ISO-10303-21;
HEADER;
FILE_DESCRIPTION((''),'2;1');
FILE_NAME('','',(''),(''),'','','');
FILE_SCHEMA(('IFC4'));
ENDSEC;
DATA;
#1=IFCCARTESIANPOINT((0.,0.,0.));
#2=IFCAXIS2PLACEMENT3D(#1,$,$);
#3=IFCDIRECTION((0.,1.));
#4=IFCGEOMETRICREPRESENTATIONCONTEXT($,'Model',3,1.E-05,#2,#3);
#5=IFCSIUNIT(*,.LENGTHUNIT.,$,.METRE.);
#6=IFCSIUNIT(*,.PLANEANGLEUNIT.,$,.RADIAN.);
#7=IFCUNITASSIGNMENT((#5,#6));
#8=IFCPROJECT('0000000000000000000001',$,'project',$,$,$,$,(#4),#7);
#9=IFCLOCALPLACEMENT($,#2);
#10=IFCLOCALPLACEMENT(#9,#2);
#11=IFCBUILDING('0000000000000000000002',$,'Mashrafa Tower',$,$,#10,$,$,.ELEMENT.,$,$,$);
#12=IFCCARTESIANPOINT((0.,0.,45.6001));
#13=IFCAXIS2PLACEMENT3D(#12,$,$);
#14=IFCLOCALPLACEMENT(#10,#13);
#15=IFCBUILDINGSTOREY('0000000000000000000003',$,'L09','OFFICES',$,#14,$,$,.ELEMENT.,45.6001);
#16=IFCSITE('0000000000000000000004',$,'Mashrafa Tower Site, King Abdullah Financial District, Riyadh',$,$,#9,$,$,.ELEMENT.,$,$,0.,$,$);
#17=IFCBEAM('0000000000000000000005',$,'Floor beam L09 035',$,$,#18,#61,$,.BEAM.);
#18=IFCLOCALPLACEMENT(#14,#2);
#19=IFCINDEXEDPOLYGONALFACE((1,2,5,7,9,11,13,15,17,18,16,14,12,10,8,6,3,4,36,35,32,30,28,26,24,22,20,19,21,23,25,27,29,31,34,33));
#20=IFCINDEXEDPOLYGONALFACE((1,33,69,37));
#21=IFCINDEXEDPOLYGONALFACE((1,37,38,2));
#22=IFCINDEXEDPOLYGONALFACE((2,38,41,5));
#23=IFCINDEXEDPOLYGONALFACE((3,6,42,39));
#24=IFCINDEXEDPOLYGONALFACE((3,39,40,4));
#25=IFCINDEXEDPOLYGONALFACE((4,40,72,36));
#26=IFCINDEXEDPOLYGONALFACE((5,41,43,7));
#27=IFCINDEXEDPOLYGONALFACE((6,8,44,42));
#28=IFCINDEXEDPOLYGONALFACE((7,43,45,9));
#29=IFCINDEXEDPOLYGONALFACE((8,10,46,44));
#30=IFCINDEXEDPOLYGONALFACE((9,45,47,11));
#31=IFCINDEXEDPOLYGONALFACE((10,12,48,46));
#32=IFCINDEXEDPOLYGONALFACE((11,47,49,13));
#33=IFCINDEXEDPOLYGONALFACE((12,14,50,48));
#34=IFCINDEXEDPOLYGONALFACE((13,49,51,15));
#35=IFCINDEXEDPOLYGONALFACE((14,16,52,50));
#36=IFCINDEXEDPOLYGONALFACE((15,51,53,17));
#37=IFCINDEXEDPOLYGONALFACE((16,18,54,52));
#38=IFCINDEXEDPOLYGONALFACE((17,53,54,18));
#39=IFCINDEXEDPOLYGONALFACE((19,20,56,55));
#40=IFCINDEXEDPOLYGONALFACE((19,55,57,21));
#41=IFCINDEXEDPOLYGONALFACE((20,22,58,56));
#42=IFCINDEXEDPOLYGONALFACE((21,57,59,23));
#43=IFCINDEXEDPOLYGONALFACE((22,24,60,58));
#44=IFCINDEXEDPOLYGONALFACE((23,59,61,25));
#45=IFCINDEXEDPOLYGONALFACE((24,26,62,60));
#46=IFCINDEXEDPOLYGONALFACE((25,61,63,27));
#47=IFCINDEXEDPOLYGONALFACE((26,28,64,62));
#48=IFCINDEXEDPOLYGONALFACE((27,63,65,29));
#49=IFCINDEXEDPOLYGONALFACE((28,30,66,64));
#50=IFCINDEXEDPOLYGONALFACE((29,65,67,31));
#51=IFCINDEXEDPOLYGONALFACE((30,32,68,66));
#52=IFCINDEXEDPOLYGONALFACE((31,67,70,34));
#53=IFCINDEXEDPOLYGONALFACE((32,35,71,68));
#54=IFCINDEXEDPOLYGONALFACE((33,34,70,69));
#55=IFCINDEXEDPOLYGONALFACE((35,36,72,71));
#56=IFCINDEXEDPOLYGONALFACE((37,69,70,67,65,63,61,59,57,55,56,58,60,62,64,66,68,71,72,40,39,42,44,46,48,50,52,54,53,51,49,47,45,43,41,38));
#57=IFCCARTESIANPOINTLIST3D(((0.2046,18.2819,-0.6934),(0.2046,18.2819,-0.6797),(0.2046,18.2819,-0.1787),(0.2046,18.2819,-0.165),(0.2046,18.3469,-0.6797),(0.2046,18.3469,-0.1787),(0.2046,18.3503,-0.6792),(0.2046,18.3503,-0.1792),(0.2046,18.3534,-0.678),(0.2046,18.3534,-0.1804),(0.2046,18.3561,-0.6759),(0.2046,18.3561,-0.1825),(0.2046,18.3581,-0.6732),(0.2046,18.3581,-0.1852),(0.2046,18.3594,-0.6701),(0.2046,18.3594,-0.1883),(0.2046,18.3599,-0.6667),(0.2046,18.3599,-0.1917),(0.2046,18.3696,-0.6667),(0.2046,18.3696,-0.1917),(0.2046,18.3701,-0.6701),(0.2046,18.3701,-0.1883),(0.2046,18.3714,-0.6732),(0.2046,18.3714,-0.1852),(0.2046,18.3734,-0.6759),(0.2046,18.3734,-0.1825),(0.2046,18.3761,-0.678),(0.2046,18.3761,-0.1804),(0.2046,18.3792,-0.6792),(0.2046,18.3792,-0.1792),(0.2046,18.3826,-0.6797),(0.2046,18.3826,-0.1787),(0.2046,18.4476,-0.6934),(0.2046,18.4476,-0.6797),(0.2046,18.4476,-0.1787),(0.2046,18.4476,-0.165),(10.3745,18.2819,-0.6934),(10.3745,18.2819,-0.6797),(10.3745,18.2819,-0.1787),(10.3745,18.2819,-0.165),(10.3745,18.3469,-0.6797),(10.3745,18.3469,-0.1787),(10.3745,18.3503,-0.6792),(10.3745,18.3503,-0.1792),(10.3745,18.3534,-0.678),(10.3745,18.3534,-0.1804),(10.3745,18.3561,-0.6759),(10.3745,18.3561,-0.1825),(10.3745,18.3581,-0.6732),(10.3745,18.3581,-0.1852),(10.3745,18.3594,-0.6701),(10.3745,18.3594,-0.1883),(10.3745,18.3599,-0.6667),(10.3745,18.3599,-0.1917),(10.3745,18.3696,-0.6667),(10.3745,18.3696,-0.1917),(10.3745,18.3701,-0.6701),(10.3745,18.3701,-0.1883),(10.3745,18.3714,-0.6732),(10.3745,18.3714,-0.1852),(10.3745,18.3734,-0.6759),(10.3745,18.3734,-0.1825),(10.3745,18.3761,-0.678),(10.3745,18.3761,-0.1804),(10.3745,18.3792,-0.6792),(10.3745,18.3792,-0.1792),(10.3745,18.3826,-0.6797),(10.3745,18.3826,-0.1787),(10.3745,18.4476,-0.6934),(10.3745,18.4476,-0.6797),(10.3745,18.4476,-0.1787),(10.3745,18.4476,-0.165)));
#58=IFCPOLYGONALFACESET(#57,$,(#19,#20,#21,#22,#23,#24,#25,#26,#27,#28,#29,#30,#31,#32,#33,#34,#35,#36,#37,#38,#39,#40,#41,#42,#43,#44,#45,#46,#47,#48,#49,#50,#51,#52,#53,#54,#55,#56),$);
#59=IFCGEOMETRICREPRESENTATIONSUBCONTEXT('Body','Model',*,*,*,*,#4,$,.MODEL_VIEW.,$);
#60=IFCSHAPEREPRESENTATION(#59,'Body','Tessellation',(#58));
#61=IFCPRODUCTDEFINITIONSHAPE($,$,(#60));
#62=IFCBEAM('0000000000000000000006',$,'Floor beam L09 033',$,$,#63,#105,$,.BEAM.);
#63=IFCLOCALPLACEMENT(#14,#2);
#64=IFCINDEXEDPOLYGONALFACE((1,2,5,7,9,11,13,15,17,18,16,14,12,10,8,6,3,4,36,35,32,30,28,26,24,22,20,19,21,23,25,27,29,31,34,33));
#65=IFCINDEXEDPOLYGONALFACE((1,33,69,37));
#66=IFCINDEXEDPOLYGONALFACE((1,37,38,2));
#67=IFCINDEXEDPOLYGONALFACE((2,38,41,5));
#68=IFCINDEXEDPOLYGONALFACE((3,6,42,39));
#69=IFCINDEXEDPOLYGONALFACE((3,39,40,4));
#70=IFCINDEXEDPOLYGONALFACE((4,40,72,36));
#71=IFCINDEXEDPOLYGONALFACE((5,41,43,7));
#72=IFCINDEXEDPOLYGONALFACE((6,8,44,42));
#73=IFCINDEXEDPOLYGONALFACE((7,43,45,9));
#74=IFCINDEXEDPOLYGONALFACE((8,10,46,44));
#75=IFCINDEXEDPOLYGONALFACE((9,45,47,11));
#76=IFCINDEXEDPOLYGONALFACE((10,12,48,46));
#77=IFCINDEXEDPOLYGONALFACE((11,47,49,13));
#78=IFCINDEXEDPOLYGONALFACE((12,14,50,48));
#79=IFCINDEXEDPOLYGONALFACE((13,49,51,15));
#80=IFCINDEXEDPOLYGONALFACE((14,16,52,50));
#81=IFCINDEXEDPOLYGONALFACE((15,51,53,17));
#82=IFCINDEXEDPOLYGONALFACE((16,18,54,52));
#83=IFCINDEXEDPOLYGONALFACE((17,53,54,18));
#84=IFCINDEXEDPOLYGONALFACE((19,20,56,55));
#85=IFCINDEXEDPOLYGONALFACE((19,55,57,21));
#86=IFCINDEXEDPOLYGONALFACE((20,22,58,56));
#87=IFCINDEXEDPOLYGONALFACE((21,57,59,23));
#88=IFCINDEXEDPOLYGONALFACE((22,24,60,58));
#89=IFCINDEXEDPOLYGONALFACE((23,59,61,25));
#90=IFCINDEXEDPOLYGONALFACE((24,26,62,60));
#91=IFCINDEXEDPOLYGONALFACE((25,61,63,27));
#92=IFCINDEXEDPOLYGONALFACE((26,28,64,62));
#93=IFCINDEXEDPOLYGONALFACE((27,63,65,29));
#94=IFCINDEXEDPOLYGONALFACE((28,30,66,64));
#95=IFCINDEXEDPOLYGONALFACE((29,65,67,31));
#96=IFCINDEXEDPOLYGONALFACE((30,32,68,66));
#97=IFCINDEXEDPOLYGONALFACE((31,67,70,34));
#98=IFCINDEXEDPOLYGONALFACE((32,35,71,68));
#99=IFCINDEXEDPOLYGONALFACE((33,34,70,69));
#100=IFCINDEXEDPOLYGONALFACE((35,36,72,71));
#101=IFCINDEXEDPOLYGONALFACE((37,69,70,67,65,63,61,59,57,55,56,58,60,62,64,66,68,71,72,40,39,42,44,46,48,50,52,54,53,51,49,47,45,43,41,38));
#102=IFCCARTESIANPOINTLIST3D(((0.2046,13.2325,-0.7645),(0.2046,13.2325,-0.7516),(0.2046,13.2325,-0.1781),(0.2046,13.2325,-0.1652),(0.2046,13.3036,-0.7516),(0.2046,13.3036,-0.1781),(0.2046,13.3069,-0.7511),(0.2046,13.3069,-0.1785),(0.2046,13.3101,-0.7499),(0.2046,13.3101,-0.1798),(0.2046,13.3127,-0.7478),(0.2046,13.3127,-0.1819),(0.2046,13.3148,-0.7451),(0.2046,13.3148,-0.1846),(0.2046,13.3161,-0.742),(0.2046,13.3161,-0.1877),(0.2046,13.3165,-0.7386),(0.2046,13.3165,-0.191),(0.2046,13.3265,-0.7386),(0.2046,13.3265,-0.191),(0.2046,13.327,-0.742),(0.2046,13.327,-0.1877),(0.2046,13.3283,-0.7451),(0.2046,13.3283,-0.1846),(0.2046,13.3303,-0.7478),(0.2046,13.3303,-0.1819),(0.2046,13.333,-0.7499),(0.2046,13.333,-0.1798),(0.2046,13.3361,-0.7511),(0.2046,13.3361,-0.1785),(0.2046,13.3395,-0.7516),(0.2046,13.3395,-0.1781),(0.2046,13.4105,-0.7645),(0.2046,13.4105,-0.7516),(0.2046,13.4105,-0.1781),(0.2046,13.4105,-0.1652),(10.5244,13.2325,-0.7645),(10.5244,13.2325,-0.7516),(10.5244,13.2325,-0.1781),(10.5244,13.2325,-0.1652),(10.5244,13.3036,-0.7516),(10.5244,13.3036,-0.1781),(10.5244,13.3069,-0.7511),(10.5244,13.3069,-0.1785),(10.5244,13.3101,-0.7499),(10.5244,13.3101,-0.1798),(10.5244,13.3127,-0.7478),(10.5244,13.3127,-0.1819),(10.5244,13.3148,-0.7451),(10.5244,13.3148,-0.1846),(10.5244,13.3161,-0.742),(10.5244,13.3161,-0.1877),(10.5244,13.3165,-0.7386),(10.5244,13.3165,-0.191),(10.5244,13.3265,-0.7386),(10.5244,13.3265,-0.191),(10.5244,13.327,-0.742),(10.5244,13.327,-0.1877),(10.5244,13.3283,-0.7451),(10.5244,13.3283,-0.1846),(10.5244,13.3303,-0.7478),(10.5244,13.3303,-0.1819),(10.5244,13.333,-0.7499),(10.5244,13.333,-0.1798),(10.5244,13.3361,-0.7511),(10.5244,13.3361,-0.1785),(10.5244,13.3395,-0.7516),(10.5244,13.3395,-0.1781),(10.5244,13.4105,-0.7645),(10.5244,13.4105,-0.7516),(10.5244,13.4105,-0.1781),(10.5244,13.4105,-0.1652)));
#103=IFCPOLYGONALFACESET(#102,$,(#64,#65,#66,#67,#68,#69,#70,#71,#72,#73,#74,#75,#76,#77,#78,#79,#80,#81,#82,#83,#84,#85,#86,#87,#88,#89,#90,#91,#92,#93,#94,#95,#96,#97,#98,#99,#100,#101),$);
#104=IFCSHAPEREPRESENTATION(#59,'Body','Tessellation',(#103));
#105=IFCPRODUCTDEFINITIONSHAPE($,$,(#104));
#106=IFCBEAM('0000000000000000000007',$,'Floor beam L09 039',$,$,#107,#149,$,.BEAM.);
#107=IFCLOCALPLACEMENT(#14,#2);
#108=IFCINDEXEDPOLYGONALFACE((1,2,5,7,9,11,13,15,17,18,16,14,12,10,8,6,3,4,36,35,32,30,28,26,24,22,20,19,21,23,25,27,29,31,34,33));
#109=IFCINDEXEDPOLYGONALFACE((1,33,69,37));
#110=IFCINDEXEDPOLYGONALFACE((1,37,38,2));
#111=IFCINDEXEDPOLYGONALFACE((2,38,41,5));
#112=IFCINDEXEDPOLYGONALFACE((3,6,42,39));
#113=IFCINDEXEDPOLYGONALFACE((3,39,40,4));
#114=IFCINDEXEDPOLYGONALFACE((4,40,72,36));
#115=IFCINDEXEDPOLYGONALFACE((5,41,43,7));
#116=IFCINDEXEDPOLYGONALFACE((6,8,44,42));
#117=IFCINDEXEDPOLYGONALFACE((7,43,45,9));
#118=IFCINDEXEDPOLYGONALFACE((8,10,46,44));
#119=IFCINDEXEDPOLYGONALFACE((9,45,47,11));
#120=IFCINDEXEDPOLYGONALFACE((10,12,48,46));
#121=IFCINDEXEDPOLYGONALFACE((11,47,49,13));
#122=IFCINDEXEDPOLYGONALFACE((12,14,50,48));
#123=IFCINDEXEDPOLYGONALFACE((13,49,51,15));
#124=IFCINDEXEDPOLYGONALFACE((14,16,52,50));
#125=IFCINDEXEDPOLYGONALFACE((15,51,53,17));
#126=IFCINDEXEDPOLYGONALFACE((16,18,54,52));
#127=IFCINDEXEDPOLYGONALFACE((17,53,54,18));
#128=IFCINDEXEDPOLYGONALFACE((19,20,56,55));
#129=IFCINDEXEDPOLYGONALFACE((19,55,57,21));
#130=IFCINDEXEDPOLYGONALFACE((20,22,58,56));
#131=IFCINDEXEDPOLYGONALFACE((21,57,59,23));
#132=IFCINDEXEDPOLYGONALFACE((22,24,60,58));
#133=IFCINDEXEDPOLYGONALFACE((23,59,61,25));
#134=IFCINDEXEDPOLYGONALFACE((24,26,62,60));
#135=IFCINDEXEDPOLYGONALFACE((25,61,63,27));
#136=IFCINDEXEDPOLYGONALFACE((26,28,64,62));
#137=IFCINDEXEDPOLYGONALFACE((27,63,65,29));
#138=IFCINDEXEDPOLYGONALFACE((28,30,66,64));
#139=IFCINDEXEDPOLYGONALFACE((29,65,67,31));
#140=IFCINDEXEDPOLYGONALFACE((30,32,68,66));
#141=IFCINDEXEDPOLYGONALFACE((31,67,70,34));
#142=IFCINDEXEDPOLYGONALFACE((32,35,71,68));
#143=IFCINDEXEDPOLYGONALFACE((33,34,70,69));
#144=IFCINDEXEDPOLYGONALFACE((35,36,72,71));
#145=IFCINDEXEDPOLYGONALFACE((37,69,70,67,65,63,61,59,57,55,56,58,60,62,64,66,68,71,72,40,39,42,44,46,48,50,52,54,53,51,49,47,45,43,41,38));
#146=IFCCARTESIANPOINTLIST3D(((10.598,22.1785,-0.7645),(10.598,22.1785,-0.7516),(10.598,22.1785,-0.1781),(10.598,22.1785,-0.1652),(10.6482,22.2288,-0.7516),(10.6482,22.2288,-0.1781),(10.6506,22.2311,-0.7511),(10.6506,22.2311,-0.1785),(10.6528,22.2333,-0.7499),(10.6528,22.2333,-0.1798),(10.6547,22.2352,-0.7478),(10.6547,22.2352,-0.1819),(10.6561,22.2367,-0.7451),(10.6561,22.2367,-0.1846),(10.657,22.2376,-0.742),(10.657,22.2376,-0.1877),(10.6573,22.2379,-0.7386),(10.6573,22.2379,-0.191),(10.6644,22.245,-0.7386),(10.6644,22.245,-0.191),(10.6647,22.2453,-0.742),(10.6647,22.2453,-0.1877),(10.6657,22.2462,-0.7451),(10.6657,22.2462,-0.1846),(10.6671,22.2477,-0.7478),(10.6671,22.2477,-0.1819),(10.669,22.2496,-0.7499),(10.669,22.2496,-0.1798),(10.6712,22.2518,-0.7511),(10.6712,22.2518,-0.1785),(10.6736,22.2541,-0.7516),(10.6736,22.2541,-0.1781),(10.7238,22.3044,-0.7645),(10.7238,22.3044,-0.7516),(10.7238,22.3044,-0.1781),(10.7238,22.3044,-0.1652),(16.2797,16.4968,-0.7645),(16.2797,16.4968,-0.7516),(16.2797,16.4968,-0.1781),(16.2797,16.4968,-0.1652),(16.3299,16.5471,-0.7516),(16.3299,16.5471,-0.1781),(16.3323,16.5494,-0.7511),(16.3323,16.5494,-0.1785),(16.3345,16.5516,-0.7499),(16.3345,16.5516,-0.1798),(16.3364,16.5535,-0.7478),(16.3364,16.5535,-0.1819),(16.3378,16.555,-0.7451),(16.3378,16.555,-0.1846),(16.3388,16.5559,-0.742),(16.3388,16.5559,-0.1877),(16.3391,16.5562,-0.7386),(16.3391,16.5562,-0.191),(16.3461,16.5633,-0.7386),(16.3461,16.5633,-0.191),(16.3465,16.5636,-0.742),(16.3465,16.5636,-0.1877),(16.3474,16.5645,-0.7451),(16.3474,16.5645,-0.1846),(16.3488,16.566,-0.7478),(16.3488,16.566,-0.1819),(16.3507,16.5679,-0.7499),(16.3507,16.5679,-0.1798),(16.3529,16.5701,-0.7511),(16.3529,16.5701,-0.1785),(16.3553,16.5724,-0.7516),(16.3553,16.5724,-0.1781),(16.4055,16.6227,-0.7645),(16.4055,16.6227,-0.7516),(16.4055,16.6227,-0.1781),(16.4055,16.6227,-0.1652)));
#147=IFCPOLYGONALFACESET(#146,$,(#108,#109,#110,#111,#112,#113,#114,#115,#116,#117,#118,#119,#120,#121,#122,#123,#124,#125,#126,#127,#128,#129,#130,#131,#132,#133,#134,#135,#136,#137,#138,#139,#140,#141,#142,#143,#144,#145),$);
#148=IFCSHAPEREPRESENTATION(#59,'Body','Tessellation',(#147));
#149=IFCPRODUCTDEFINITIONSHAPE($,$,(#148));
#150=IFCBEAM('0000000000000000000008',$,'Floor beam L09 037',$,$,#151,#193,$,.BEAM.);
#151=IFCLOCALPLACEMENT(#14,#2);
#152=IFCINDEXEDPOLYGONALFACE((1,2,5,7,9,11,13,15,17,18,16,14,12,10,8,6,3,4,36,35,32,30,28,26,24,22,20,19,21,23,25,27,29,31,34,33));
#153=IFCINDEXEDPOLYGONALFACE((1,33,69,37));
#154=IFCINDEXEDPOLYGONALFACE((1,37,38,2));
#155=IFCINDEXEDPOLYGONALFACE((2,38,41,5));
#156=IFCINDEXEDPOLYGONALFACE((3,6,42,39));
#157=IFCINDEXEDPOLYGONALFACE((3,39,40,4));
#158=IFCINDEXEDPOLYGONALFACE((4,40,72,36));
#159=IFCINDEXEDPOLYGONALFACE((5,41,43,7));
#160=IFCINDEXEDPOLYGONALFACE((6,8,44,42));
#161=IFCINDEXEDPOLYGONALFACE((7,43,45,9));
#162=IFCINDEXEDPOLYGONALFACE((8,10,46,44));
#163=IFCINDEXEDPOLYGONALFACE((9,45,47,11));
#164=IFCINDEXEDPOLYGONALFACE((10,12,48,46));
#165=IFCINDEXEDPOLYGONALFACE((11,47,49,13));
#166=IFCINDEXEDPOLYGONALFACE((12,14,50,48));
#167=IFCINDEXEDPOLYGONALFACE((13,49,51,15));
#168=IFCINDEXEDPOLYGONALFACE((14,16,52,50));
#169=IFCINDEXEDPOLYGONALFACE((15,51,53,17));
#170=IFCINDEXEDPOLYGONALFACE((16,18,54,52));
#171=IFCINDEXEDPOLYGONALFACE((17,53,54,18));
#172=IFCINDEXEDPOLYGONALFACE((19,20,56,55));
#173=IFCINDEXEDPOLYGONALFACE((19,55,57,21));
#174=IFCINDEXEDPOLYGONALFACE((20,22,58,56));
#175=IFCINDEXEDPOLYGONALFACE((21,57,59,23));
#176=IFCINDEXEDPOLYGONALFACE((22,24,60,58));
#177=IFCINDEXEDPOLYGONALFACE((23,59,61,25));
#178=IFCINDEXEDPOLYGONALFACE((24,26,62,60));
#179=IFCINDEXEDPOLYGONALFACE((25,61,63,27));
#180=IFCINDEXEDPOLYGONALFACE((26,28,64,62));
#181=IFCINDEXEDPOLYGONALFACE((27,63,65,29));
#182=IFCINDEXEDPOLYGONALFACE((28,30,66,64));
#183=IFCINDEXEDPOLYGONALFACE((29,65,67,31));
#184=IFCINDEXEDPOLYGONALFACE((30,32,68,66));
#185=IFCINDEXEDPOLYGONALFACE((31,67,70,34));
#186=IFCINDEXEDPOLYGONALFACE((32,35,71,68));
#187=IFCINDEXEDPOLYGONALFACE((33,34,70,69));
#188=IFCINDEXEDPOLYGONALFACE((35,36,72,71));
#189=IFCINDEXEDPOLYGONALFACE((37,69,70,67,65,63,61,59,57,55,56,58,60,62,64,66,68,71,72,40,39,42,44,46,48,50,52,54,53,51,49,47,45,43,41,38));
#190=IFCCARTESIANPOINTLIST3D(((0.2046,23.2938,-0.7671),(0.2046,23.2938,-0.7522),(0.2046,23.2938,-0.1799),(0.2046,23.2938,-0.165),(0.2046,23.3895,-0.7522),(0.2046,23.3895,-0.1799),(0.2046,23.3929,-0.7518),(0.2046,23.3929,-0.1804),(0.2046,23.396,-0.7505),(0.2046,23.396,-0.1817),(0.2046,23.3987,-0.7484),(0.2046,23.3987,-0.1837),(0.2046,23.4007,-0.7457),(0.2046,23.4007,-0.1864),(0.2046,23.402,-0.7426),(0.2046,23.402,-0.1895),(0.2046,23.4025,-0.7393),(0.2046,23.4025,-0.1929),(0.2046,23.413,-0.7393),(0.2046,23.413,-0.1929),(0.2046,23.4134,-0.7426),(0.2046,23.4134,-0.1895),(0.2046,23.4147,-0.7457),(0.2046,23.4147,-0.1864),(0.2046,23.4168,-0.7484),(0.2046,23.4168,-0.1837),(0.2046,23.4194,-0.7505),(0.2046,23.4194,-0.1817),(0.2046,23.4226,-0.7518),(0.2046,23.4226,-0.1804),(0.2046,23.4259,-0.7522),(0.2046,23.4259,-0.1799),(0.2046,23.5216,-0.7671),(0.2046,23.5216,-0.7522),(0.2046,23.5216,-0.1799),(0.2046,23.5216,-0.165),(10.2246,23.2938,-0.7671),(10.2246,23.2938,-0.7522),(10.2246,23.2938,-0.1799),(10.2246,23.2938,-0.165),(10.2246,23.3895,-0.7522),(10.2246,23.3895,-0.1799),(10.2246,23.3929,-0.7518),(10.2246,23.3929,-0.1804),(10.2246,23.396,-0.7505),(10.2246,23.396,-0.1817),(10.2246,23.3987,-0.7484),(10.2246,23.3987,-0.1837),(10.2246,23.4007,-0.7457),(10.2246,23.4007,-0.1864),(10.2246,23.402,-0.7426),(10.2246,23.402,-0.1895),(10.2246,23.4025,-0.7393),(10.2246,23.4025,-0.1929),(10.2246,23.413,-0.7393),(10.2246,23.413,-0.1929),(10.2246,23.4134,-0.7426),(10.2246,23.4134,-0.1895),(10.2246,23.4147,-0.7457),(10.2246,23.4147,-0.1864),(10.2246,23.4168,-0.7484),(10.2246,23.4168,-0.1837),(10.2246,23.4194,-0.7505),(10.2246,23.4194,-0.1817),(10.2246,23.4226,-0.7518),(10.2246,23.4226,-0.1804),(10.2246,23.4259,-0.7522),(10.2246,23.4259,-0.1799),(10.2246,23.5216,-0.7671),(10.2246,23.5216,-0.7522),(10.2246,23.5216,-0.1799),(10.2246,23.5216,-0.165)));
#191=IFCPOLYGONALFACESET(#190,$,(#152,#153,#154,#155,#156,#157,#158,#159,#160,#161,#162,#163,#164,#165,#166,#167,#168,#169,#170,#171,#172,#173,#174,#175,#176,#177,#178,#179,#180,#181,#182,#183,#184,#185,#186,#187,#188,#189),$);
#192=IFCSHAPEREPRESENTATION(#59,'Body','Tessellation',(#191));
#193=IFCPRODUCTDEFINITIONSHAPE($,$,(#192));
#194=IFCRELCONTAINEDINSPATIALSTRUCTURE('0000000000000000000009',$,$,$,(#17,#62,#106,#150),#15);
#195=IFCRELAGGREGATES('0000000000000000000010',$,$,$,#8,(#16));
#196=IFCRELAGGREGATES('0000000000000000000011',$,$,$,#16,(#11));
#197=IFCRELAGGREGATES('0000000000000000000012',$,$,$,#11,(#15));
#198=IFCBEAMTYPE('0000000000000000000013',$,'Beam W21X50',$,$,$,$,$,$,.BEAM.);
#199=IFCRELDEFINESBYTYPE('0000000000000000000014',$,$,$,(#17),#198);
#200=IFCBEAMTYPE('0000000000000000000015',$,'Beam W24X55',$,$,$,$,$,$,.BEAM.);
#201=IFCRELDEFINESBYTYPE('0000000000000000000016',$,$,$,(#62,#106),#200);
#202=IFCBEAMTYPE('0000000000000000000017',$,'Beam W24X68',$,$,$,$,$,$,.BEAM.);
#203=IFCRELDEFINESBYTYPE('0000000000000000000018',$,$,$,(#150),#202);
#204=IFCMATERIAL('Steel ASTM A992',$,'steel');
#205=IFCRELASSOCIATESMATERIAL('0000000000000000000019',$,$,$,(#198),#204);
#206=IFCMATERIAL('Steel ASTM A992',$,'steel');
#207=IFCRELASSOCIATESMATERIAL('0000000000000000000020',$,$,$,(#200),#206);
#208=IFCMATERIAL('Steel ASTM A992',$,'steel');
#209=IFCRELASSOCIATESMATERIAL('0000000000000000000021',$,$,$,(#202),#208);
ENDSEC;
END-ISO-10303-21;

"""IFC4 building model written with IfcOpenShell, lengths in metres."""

from ifc_helpers import new_model, si_unit, direction, frame, origin, origin_2d, place, context, subcontext, project, spatial, i_section, extrude, material, material_profile, profile_set, type_object, element, save


model = new_model("IFC4")

# Units and contexts
model_context = context("Model", 3, precision=1e-05, world=origin(), true_north=direction((0.0, 1.0)))
body_context = subcontext(model_context, "Body", "Model", "MODEL_VIEW")
ifc_project = project(units=[si_unit("LENGTHUNIT", "METRE"), si_unit("PLANEANGLEUNIT", "RADIAN")], contexts=[model_context])

# Site, building, storey
site_placement = place(None, origin())
site = spatial("IfcSite", under=ifc_project, at=site_placement, Name="Mashrafa Tower Site, King Abdullah Financial District, Riyadh", CompositionType="ELEMENT", RefElevation=0.0)
building_placement = place(site_placement, origin())
building = spatial("IfcBuilding", under=site, at=building_placement, Name="Mashrafa Tower", CompositionType="ELEMENT")
storey_placement = place(building_placement, frame((0.0, 0.0, 45.6001)))
storey = spatial("IfcBuildingStorey", under=building, at=storey_placement, Name="L09", Description="OFFICES", CompositionType="ELEMENT", Elevation=45.6001)

# Beams
ifc_material_1 = material(Name="Steel ASTM A992", Category="steel")
ifc_material_profile_1 = material_profile(ifc_material_1, i_section(OverallWidth=0.1658, OverallDepth=0.5283, WebThickness=0.0098, FlangeThickness=0.0137, FilletRadius=0.0129, at=origin_2d()), Name="W21X50")
ifc_profile_set_1 = profile_set([ifc_material_profile_1], Name="Steel ASTM A992")
beam_type_1 = type_object("IfcBeamType", Name="Beam W21X50", PredefinedType="BEAM", material=ifc_profile_set_1)
beam_1_placement = place(storey_placement, frame((0.2046, 18.3647, -0.4292), z_axis=(1.0, 0.0, 0.0), x_axis=(0.0, 1.0, 0.0)))
element("IfcBeam", 1, at=beam_1_placement, inside=storey, type_object=beam_type_1, Name="Floor beam L09 035", PredefinedType="BEAM", context=body_context, shape_type="SweptSolid", body=[
    extrude(i_section(OverallWidth=0.1658, OverallDepth=0.5283, WebThickness=0.0098, FlangeThickness=0.0137, FilletRadius=0.0129, at=origin_2d()), origin(), (0.0, 0.0, 1.0), 10.1699),
])
ifc_material_2 = material(Name="Steel ASTM A992", Category="steel")
ifc_material_profile_2 = material_profile(ifc_material_2, i_section(OverallWidth=0.178, OverallDepth=0.5994, WebThickness=0.01, FlangeThickness=0.0129, FilletRadius=0.0129, at=origin_2d()), Name="W24X55")
ifc_profile_set_2 = profile_set([ifc_material_profile_2], Name="Steel ASTM A992")
beam_type_2 = type_object("IfcBeamType", Name="Beam W24X55", PredefinedType="BEAM", material=ifc_profile_set_2)
beam_2_placement = place(storey_placement, frame((0.2046, 13.3215, -0.4648), z_axis=(1.0, 0.0, 0.0), x_axis=(0.0, 1.0, 0.0)))
element("IfcBeam", 2, at=beam_2_placement, inside=storey, type_object=beam_type_2, Name="Floor beam L09 033", PredefinedType="BEAM", context=body_context, shape_type="SweptSolid", body=[
    extrude(i_section(OverallWidth=0.178, OverallDepth=0.5994, WebThickness=0.01, FlangeThickness=0.0129, FilletRadius=0.0129, at=origin_2d()), origin(), (0.0, 0.0, 1.0), 10.3198),
])
beam_3_placement = place(storey_placement, frame((10.6609, 22.2415, -0.4648), z_axis=(0.707107, -0.707107, 0.0), x_axis=(0.707107, 0.707107, 0.0)))
element("IfcBeam", 3, at=beam_3_placement, inside=storey, type_object=beam_type_2, Name="Floor beam L09 039", PredefinedType="BEAM", context=body_context, shape_type="SweptSolid", body=[
    extrude(i_section(OverallWidth=0.178, OverallDepth=0.5994, WebThickness=0.01, FlangeThickness=0.0129, FilletRadius=0.0129, at=origin_2d()), origin(), (0.0, 0.0, 1.0), 8.0352),
])
ifc_material_3 = material(Name="Steel ASTM A992", Category="steel")
ifc_material_profile_3 = material_profile(ifc_material_3, i_section(OverallWidth=0.2278, OverallDepth=0.6021, WebThickness=0.0105, FlangeThickness=0.0149, FilletRadius=0.0129, at=origin_2d()), Name="W24X68")
ifc_profile_set_3 = profile_set([ifc_material_profile_3], Name="Steel ASTM A992")
beam_type_3 = type_object("IfcBeamType", Name="Beam W24X68", PredefinedType="BEAM", material=ifc_profile_set_3)
beam_4_placement = place(storey_placement, frame((0.2046, 23.4077, -0.4661), z_axis=(1.0, 0.0, 0.0), x_axis=(0.0, 1.0, 0.0)))
element("IfcBeam", 4, at=beam_4_placement, inside=storey, type_object=beam_type_3, Name="Floor beam L09 037", PredefinedType="BEAM", context=body_context, shape_type="SweptSolid", body=[
    extrude(i_section(OverallWidth=0.2278, OverallDepth=0.6021, WebThickness=0.0105, FlangeThickness=0.0149, FilletRadius=0.0129, at=origin_2d()), origin(), (0.0, 0.0, 1.0), 10.02),
])

save(model, "model.ifc")
